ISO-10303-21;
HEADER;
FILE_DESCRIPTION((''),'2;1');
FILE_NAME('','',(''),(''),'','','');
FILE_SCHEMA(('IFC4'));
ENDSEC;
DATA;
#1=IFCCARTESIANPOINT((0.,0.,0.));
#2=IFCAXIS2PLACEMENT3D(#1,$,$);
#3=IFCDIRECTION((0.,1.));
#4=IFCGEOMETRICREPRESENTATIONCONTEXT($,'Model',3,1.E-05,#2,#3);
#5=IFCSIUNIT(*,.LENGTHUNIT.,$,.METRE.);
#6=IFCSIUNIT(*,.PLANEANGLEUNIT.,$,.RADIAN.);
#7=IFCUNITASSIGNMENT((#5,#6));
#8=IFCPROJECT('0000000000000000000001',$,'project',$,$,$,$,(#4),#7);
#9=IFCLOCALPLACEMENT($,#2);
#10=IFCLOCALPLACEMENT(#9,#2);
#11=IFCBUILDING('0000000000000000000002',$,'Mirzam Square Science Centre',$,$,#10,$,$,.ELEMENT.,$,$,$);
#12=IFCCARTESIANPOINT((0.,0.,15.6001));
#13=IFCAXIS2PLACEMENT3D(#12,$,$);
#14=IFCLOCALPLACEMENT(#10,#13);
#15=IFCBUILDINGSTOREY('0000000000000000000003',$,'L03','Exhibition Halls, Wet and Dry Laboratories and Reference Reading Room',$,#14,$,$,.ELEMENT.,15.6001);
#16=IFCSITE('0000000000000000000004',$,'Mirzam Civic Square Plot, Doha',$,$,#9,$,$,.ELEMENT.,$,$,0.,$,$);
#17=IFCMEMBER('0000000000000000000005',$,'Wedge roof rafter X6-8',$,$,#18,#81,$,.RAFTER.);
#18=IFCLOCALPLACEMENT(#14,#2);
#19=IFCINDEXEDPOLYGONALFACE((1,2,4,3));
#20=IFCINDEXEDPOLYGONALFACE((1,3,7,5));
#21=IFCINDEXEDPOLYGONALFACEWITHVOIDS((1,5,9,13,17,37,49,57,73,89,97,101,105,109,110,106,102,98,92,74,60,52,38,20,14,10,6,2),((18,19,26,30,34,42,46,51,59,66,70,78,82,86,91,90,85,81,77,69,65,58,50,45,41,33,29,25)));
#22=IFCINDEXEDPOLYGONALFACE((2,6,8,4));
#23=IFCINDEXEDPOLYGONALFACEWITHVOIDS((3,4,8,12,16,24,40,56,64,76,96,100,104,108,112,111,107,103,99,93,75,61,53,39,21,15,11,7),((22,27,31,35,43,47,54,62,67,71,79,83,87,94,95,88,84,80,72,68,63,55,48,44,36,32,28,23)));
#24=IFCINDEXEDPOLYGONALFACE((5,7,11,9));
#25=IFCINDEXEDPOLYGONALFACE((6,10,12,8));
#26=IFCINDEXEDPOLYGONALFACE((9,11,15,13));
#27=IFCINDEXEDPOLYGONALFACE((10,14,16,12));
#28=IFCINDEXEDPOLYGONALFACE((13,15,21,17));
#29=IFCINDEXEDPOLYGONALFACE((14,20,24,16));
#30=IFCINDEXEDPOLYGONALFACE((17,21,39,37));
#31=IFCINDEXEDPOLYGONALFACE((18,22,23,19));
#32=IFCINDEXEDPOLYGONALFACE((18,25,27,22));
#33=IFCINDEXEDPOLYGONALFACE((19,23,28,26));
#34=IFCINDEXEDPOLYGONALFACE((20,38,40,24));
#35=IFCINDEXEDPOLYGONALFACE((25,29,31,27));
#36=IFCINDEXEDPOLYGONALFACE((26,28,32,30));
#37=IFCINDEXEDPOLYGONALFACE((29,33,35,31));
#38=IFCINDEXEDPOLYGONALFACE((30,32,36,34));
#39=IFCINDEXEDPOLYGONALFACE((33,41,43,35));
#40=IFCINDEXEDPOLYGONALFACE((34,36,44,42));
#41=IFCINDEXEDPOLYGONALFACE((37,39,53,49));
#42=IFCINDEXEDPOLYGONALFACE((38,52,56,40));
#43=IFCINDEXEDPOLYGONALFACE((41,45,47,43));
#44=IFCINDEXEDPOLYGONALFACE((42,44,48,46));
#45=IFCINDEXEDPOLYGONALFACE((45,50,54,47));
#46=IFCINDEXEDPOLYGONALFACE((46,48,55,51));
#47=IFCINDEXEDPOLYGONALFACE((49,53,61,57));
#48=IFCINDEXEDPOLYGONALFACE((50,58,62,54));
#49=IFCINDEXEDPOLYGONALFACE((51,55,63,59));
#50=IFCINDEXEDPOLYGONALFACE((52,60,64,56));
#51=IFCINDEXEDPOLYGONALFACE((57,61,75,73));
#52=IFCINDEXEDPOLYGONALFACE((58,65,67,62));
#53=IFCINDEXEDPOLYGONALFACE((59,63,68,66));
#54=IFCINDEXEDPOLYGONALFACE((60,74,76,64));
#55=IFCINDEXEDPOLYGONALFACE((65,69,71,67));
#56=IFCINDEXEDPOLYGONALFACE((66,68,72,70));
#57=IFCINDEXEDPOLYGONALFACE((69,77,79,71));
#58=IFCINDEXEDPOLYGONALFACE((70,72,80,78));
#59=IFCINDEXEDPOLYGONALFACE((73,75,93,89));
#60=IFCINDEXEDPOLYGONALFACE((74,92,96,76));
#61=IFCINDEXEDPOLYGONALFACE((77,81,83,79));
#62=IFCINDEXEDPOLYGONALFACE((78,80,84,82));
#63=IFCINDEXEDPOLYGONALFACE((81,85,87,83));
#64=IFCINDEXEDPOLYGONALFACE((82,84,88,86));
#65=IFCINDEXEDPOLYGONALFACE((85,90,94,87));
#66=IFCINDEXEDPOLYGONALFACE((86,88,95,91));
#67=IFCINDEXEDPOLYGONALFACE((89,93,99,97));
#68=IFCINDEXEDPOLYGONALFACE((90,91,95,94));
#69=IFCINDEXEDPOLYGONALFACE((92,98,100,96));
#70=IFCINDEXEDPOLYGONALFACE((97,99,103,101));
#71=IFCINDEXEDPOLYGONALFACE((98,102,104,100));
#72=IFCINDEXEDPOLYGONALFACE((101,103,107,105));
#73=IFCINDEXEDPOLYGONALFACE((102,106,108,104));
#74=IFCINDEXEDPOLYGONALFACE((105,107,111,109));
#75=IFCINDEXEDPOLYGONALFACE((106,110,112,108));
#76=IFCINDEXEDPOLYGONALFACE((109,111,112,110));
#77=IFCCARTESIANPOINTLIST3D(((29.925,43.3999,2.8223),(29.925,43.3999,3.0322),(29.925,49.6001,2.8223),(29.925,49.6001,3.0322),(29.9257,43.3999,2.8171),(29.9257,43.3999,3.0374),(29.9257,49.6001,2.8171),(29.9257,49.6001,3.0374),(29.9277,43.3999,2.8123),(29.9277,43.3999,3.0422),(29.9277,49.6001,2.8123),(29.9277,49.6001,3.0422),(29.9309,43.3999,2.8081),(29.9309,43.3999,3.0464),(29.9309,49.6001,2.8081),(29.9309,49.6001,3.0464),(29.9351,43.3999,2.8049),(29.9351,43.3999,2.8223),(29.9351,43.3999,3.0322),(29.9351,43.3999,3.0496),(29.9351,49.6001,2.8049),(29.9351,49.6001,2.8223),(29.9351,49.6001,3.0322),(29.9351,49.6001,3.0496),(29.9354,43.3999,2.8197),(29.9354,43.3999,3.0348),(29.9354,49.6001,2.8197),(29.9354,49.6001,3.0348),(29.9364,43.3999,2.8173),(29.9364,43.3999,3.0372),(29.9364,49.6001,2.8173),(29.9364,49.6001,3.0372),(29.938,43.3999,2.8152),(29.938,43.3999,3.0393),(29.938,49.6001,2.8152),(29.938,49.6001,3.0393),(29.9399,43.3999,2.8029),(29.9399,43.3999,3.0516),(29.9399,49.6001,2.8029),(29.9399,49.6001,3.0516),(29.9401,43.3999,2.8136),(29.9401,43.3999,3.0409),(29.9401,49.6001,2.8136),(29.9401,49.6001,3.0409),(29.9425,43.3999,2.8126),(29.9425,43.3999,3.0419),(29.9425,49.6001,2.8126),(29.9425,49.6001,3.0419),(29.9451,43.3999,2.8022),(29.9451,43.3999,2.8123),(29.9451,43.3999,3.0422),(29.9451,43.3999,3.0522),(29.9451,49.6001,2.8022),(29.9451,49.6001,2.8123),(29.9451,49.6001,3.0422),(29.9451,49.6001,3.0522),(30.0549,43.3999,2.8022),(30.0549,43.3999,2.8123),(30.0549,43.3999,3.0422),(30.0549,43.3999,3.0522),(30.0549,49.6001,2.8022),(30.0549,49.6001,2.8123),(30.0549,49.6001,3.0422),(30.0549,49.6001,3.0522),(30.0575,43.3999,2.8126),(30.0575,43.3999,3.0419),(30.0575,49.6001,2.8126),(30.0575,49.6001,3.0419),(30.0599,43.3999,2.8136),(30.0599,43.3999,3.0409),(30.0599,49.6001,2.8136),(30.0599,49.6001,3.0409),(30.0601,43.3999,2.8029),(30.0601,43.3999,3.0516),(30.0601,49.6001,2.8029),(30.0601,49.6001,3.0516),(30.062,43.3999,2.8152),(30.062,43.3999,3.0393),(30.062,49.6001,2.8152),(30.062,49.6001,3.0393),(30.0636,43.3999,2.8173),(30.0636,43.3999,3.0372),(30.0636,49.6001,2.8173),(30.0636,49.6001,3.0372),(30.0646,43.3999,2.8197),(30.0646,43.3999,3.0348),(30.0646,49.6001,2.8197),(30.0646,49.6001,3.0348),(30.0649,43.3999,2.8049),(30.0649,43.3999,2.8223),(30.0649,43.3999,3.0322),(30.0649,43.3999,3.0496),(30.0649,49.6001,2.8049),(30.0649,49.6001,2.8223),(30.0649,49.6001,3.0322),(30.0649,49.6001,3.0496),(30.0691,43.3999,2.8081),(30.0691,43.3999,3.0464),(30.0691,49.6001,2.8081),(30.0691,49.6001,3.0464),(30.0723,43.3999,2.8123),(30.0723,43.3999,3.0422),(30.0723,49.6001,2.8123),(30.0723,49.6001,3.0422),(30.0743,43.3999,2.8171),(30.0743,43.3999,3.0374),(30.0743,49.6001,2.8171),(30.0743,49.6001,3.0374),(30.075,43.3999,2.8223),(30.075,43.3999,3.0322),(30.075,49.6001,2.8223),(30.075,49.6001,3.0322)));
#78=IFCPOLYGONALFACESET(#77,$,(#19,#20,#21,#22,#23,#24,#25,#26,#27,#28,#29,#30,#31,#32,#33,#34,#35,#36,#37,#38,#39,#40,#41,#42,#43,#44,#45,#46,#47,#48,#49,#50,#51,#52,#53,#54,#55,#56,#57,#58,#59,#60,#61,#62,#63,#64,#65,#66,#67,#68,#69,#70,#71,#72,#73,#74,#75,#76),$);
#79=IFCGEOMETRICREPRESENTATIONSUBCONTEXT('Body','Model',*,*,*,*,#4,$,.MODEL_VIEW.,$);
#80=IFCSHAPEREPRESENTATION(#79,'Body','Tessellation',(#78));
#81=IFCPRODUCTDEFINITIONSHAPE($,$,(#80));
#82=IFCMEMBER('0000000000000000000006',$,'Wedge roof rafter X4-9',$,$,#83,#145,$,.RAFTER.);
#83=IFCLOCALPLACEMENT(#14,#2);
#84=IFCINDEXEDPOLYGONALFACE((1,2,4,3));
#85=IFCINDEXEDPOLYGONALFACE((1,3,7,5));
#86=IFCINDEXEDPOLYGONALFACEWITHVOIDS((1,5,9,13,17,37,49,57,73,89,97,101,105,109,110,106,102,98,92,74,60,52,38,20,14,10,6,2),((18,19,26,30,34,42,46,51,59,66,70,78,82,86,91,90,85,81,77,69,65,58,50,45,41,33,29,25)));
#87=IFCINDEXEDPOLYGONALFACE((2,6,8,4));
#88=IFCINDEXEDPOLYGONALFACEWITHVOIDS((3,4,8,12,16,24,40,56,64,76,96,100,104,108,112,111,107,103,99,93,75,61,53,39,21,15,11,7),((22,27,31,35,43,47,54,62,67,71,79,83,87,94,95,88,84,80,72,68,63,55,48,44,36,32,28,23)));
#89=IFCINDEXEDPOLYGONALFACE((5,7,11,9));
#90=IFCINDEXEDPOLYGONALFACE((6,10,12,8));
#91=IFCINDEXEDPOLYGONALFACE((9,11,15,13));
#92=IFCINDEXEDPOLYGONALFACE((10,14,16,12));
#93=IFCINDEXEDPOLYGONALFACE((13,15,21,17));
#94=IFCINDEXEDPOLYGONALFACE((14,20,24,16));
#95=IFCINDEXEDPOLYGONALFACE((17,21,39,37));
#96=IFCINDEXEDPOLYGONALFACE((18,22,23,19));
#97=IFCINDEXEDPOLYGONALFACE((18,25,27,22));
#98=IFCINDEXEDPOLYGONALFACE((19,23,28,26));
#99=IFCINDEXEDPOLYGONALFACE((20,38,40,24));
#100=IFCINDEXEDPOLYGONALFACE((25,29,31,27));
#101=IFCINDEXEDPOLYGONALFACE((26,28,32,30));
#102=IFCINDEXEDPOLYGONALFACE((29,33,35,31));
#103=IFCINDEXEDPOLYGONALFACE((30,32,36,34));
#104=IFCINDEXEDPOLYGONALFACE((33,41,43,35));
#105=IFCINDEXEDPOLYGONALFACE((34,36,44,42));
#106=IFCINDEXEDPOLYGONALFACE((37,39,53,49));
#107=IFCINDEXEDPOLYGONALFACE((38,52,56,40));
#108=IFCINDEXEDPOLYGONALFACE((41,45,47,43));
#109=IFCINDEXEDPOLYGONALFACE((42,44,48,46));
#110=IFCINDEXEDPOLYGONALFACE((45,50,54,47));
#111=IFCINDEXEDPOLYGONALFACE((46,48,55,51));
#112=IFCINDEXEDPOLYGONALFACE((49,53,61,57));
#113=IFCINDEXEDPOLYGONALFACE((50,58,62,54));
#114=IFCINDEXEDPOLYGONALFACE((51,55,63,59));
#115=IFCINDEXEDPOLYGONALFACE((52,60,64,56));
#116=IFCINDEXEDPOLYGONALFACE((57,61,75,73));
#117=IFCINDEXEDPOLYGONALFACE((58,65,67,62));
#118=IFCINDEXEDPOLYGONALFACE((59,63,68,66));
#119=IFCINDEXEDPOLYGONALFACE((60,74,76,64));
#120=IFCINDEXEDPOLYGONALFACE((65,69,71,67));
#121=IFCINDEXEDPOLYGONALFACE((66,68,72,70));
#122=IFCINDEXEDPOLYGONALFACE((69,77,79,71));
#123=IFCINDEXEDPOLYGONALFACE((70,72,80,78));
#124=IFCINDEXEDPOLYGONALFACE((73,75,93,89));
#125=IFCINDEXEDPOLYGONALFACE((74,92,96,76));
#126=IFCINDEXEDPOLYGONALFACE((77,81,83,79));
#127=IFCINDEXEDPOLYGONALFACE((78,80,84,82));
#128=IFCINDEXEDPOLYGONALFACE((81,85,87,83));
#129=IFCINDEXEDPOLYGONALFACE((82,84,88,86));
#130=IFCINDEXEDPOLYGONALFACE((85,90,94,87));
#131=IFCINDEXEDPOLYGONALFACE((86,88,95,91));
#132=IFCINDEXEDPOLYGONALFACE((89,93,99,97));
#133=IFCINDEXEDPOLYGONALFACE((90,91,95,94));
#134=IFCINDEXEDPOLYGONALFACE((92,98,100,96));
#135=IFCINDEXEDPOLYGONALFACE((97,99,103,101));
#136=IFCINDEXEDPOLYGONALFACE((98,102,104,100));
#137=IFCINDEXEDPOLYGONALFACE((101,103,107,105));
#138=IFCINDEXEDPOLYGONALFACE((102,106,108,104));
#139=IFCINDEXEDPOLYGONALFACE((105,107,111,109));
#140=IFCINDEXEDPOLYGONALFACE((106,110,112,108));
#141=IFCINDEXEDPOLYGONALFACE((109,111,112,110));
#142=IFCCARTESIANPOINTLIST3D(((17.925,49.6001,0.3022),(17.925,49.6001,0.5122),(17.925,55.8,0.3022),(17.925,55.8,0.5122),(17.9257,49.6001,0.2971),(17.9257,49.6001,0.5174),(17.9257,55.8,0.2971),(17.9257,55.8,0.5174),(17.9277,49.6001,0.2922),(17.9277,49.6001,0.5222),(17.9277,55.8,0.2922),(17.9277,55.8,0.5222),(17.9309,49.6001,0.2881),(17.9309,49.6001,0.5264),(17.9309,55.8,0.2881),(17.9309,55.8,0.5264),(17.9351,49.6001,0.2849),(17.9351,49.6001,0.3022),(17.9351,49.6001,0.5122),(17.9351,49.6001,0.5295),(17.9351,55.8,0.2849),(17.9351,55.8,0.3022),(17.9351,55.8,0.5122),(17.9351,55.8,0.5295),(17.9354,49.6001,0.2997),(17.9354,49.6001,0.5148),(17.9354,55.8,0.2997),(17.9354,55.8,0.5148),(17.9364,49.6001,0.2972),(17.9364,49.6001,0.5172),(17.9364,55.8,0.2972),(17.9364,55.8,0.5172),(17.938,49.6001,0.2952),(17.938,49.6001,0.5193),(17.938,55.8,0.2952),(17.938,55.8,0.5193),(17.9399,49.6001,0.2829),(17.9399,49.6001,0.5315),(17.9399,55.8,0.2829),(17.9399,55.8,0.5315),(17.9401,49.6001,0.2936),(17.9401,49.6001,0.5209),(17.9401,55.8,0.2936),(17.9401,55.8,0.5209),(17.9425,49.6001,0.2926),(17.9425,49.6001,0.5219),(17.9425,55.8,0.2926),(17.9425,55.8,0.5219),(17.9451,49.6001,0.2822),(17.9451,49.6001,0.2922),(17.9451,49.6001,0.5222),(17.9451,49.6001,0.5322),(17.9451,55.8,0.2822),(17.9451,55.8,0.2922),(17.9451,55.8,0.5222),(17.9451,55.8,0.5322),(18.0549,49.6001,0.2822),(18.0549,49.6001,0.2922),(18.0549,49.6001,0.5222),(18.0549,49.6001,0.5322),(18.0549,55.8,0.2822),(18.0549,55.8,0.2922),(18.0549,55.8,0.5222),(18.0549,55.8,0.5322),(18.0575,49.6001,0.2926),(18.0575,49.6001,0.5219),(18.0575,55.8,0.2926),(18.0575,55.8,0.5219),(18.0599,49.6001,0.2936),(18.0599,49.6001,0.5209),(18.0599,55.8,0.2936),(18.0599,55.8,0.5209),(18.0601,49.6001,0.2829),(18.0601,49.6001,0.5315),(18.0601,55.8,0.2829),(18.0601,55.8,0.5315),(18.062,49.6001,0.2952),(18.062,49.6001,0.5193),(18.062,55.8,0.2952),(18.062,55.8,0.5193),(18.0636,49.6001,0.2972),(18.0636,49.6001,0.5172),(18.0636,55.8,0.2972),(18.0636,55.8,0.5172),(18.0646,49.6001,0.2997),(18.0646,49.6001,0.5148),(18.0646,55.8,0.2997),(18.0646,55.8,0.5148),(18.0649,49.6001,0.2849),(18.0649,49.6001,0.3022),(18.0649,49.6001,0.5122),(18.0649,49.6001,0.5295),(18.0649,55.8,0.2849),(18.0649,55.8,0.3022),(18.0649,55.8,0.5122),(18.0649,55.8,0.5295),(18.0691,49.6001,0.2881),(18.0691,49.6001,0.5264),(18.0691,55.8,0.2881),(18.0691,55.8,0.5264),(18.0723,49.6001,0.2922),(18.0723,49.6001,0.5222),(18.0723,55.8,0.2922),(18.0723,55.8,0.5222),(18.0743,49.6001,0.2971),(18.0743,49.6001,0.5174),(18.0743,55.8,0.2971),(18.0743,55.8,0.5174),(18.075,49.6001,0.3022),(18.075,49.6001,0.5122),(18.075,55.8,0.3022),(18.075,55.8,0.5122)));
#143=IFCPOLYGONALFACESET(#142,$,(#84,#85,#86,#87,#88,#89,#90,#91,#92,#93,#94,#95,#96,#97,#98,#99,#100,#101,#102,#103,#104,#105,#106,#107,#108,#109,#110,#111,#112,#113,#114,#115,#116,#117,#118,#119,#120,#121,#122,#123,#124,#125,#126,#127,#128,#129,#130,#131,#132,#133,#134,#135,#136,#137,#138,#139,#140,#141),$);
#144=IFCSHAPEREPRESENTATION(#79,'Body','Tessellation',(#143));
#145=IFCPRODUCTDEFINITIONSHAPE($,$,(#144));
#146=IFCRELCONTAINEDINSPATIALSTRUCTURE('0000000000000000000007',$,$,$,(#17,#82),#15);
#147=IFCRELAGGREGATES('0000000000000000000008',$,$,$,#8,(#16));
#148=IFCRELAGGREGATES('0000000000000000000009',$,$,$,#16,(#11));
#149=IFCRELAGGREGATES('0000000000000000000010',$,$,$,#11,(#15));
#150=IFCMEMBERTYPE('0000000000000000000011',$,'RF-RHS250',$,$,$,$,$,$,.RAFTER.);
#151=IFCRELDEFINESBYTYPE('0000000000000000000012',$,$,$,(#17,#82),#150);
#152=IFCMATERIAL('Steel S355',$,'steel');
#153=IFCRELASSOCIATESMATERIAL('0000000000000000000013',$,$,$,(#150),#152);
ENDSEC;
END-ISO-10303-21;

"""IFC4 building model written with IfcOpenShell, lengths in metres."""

from ifc_helpers import new_model, si_unit, direction, frame, origin, origin_2d, place, context, subcontext, project, spatial, hollow_rectangle, extrude, material, material_profile, profile_set, type_object, element, save


model = new_model("IFC4")

# Units and contexts
model_context = context("Model", 3, precision=1e-05, world=origin(), true_north=direction((0.0, 1.0)))
body_context = subcontext(model_context, "Body", "Model", "MODEL_VIEW")
ifc_project = project(units=[si_unit("LENGTHUNIT", "METRE"), si_unit("PLANEANGLEUNIT", "RADIAN")], contexts=[model_context])

# Site, building, storey
site_placement = place(None, origin())
site = spatial("IfcSite", under=ifc_project, at=site_placement, Name="Mirzam Civic Square Plot, Doha", CompositionType="ELEMENT", RefElevation=0.0)
building_placement = place(site_placement, origin())
building = spatial("IfcBuilding", under=site, at=building_placement, Name="Mirzam Square Science Centre", CompositionType="ELEMENT")
storey_placement = place(building_placement, frame((0.0, 0.0, 15.6001)))
storey = spatial("IfcBuildingStorey", under=building, at=storey_placement, Name="L03", Description="Exhibition Halls, Wet and Dry Laboratories and Reference Reading Room", CompositionType="ELEMENT", Elevation=15.6001)

# Members
ifc_material = material(Name="Steel S355", Category="steel")
ifc_material_profile_1 = material_profile(ifc_material, hollow_rectangle(XDim=0.1499, YDim=0.25, WallThickness=0.01, InnerFilletRadius=0.01, OuterFilletRadius=0.02, at=origin_2d()), Name="250x150x10.0RHS")
ifc_profile_set_1 = profile_set([ifc_material_profile_1], Name="Steel S355")
member_type_1 = type_object("IfcMemberType", Name="RF-RHS250", PredefinedType="RAFTER", material=ifc_profile_set_1)
for number, where, z_axis, x_axis, name in (
    (1, (30.0, 43.3999, 2.9272), (0.0, 1.0, 0.0), (-1.0, 0.0, 0.0), "Wedge roof rafter X6-8"),
):
    element("IfcMember", number, at=place(storey_placement, frame(where, z_axis=z_axis, x_axis=x_axis)), inside=storey, type_object=member_type_1, Name=name, PredefinedType="RAFTER", context=body_context, shape_type="SweptSolid", body=[
        extrude(hollow_rectangle(XDim=0.1499, YDim=0.25, WallThickness=0.01, InnerFilletRadius=0.01, OuterFilletRadius=0.02, at=origin_2d()), origin(), (0.0, 0.0, 1.0), 6.2002),
    ])
for number, where, z_axis, x_axis, name in (
    (2, (18.0, 49.6001, 0.4072), (0.0, 1.0, 0.0), (-1.0, 0.0, 0.0), "Wedge roof rafter X4-9"),
):
    element("IfcMember", number, at=place(storey_placement, frame(where, z_axis=z_axis, x_axis=x_axis)), inside=storey, type_object=member_type_1, Name=name, PredefinedType="RAFTER", context=body_context, shape_type="SweptSolid", body=[
        extrude(hollow_rectangle(XDim=0.1499, YDim=0.25, WallThickness=0.01, InnerFilletRadius=0.01, OuterFilletRadius=0.02, at=origin_2d()), origin(), (0.0, 0.0, 1.0), 6.2),
    ])

save(model, "model.ifc")
